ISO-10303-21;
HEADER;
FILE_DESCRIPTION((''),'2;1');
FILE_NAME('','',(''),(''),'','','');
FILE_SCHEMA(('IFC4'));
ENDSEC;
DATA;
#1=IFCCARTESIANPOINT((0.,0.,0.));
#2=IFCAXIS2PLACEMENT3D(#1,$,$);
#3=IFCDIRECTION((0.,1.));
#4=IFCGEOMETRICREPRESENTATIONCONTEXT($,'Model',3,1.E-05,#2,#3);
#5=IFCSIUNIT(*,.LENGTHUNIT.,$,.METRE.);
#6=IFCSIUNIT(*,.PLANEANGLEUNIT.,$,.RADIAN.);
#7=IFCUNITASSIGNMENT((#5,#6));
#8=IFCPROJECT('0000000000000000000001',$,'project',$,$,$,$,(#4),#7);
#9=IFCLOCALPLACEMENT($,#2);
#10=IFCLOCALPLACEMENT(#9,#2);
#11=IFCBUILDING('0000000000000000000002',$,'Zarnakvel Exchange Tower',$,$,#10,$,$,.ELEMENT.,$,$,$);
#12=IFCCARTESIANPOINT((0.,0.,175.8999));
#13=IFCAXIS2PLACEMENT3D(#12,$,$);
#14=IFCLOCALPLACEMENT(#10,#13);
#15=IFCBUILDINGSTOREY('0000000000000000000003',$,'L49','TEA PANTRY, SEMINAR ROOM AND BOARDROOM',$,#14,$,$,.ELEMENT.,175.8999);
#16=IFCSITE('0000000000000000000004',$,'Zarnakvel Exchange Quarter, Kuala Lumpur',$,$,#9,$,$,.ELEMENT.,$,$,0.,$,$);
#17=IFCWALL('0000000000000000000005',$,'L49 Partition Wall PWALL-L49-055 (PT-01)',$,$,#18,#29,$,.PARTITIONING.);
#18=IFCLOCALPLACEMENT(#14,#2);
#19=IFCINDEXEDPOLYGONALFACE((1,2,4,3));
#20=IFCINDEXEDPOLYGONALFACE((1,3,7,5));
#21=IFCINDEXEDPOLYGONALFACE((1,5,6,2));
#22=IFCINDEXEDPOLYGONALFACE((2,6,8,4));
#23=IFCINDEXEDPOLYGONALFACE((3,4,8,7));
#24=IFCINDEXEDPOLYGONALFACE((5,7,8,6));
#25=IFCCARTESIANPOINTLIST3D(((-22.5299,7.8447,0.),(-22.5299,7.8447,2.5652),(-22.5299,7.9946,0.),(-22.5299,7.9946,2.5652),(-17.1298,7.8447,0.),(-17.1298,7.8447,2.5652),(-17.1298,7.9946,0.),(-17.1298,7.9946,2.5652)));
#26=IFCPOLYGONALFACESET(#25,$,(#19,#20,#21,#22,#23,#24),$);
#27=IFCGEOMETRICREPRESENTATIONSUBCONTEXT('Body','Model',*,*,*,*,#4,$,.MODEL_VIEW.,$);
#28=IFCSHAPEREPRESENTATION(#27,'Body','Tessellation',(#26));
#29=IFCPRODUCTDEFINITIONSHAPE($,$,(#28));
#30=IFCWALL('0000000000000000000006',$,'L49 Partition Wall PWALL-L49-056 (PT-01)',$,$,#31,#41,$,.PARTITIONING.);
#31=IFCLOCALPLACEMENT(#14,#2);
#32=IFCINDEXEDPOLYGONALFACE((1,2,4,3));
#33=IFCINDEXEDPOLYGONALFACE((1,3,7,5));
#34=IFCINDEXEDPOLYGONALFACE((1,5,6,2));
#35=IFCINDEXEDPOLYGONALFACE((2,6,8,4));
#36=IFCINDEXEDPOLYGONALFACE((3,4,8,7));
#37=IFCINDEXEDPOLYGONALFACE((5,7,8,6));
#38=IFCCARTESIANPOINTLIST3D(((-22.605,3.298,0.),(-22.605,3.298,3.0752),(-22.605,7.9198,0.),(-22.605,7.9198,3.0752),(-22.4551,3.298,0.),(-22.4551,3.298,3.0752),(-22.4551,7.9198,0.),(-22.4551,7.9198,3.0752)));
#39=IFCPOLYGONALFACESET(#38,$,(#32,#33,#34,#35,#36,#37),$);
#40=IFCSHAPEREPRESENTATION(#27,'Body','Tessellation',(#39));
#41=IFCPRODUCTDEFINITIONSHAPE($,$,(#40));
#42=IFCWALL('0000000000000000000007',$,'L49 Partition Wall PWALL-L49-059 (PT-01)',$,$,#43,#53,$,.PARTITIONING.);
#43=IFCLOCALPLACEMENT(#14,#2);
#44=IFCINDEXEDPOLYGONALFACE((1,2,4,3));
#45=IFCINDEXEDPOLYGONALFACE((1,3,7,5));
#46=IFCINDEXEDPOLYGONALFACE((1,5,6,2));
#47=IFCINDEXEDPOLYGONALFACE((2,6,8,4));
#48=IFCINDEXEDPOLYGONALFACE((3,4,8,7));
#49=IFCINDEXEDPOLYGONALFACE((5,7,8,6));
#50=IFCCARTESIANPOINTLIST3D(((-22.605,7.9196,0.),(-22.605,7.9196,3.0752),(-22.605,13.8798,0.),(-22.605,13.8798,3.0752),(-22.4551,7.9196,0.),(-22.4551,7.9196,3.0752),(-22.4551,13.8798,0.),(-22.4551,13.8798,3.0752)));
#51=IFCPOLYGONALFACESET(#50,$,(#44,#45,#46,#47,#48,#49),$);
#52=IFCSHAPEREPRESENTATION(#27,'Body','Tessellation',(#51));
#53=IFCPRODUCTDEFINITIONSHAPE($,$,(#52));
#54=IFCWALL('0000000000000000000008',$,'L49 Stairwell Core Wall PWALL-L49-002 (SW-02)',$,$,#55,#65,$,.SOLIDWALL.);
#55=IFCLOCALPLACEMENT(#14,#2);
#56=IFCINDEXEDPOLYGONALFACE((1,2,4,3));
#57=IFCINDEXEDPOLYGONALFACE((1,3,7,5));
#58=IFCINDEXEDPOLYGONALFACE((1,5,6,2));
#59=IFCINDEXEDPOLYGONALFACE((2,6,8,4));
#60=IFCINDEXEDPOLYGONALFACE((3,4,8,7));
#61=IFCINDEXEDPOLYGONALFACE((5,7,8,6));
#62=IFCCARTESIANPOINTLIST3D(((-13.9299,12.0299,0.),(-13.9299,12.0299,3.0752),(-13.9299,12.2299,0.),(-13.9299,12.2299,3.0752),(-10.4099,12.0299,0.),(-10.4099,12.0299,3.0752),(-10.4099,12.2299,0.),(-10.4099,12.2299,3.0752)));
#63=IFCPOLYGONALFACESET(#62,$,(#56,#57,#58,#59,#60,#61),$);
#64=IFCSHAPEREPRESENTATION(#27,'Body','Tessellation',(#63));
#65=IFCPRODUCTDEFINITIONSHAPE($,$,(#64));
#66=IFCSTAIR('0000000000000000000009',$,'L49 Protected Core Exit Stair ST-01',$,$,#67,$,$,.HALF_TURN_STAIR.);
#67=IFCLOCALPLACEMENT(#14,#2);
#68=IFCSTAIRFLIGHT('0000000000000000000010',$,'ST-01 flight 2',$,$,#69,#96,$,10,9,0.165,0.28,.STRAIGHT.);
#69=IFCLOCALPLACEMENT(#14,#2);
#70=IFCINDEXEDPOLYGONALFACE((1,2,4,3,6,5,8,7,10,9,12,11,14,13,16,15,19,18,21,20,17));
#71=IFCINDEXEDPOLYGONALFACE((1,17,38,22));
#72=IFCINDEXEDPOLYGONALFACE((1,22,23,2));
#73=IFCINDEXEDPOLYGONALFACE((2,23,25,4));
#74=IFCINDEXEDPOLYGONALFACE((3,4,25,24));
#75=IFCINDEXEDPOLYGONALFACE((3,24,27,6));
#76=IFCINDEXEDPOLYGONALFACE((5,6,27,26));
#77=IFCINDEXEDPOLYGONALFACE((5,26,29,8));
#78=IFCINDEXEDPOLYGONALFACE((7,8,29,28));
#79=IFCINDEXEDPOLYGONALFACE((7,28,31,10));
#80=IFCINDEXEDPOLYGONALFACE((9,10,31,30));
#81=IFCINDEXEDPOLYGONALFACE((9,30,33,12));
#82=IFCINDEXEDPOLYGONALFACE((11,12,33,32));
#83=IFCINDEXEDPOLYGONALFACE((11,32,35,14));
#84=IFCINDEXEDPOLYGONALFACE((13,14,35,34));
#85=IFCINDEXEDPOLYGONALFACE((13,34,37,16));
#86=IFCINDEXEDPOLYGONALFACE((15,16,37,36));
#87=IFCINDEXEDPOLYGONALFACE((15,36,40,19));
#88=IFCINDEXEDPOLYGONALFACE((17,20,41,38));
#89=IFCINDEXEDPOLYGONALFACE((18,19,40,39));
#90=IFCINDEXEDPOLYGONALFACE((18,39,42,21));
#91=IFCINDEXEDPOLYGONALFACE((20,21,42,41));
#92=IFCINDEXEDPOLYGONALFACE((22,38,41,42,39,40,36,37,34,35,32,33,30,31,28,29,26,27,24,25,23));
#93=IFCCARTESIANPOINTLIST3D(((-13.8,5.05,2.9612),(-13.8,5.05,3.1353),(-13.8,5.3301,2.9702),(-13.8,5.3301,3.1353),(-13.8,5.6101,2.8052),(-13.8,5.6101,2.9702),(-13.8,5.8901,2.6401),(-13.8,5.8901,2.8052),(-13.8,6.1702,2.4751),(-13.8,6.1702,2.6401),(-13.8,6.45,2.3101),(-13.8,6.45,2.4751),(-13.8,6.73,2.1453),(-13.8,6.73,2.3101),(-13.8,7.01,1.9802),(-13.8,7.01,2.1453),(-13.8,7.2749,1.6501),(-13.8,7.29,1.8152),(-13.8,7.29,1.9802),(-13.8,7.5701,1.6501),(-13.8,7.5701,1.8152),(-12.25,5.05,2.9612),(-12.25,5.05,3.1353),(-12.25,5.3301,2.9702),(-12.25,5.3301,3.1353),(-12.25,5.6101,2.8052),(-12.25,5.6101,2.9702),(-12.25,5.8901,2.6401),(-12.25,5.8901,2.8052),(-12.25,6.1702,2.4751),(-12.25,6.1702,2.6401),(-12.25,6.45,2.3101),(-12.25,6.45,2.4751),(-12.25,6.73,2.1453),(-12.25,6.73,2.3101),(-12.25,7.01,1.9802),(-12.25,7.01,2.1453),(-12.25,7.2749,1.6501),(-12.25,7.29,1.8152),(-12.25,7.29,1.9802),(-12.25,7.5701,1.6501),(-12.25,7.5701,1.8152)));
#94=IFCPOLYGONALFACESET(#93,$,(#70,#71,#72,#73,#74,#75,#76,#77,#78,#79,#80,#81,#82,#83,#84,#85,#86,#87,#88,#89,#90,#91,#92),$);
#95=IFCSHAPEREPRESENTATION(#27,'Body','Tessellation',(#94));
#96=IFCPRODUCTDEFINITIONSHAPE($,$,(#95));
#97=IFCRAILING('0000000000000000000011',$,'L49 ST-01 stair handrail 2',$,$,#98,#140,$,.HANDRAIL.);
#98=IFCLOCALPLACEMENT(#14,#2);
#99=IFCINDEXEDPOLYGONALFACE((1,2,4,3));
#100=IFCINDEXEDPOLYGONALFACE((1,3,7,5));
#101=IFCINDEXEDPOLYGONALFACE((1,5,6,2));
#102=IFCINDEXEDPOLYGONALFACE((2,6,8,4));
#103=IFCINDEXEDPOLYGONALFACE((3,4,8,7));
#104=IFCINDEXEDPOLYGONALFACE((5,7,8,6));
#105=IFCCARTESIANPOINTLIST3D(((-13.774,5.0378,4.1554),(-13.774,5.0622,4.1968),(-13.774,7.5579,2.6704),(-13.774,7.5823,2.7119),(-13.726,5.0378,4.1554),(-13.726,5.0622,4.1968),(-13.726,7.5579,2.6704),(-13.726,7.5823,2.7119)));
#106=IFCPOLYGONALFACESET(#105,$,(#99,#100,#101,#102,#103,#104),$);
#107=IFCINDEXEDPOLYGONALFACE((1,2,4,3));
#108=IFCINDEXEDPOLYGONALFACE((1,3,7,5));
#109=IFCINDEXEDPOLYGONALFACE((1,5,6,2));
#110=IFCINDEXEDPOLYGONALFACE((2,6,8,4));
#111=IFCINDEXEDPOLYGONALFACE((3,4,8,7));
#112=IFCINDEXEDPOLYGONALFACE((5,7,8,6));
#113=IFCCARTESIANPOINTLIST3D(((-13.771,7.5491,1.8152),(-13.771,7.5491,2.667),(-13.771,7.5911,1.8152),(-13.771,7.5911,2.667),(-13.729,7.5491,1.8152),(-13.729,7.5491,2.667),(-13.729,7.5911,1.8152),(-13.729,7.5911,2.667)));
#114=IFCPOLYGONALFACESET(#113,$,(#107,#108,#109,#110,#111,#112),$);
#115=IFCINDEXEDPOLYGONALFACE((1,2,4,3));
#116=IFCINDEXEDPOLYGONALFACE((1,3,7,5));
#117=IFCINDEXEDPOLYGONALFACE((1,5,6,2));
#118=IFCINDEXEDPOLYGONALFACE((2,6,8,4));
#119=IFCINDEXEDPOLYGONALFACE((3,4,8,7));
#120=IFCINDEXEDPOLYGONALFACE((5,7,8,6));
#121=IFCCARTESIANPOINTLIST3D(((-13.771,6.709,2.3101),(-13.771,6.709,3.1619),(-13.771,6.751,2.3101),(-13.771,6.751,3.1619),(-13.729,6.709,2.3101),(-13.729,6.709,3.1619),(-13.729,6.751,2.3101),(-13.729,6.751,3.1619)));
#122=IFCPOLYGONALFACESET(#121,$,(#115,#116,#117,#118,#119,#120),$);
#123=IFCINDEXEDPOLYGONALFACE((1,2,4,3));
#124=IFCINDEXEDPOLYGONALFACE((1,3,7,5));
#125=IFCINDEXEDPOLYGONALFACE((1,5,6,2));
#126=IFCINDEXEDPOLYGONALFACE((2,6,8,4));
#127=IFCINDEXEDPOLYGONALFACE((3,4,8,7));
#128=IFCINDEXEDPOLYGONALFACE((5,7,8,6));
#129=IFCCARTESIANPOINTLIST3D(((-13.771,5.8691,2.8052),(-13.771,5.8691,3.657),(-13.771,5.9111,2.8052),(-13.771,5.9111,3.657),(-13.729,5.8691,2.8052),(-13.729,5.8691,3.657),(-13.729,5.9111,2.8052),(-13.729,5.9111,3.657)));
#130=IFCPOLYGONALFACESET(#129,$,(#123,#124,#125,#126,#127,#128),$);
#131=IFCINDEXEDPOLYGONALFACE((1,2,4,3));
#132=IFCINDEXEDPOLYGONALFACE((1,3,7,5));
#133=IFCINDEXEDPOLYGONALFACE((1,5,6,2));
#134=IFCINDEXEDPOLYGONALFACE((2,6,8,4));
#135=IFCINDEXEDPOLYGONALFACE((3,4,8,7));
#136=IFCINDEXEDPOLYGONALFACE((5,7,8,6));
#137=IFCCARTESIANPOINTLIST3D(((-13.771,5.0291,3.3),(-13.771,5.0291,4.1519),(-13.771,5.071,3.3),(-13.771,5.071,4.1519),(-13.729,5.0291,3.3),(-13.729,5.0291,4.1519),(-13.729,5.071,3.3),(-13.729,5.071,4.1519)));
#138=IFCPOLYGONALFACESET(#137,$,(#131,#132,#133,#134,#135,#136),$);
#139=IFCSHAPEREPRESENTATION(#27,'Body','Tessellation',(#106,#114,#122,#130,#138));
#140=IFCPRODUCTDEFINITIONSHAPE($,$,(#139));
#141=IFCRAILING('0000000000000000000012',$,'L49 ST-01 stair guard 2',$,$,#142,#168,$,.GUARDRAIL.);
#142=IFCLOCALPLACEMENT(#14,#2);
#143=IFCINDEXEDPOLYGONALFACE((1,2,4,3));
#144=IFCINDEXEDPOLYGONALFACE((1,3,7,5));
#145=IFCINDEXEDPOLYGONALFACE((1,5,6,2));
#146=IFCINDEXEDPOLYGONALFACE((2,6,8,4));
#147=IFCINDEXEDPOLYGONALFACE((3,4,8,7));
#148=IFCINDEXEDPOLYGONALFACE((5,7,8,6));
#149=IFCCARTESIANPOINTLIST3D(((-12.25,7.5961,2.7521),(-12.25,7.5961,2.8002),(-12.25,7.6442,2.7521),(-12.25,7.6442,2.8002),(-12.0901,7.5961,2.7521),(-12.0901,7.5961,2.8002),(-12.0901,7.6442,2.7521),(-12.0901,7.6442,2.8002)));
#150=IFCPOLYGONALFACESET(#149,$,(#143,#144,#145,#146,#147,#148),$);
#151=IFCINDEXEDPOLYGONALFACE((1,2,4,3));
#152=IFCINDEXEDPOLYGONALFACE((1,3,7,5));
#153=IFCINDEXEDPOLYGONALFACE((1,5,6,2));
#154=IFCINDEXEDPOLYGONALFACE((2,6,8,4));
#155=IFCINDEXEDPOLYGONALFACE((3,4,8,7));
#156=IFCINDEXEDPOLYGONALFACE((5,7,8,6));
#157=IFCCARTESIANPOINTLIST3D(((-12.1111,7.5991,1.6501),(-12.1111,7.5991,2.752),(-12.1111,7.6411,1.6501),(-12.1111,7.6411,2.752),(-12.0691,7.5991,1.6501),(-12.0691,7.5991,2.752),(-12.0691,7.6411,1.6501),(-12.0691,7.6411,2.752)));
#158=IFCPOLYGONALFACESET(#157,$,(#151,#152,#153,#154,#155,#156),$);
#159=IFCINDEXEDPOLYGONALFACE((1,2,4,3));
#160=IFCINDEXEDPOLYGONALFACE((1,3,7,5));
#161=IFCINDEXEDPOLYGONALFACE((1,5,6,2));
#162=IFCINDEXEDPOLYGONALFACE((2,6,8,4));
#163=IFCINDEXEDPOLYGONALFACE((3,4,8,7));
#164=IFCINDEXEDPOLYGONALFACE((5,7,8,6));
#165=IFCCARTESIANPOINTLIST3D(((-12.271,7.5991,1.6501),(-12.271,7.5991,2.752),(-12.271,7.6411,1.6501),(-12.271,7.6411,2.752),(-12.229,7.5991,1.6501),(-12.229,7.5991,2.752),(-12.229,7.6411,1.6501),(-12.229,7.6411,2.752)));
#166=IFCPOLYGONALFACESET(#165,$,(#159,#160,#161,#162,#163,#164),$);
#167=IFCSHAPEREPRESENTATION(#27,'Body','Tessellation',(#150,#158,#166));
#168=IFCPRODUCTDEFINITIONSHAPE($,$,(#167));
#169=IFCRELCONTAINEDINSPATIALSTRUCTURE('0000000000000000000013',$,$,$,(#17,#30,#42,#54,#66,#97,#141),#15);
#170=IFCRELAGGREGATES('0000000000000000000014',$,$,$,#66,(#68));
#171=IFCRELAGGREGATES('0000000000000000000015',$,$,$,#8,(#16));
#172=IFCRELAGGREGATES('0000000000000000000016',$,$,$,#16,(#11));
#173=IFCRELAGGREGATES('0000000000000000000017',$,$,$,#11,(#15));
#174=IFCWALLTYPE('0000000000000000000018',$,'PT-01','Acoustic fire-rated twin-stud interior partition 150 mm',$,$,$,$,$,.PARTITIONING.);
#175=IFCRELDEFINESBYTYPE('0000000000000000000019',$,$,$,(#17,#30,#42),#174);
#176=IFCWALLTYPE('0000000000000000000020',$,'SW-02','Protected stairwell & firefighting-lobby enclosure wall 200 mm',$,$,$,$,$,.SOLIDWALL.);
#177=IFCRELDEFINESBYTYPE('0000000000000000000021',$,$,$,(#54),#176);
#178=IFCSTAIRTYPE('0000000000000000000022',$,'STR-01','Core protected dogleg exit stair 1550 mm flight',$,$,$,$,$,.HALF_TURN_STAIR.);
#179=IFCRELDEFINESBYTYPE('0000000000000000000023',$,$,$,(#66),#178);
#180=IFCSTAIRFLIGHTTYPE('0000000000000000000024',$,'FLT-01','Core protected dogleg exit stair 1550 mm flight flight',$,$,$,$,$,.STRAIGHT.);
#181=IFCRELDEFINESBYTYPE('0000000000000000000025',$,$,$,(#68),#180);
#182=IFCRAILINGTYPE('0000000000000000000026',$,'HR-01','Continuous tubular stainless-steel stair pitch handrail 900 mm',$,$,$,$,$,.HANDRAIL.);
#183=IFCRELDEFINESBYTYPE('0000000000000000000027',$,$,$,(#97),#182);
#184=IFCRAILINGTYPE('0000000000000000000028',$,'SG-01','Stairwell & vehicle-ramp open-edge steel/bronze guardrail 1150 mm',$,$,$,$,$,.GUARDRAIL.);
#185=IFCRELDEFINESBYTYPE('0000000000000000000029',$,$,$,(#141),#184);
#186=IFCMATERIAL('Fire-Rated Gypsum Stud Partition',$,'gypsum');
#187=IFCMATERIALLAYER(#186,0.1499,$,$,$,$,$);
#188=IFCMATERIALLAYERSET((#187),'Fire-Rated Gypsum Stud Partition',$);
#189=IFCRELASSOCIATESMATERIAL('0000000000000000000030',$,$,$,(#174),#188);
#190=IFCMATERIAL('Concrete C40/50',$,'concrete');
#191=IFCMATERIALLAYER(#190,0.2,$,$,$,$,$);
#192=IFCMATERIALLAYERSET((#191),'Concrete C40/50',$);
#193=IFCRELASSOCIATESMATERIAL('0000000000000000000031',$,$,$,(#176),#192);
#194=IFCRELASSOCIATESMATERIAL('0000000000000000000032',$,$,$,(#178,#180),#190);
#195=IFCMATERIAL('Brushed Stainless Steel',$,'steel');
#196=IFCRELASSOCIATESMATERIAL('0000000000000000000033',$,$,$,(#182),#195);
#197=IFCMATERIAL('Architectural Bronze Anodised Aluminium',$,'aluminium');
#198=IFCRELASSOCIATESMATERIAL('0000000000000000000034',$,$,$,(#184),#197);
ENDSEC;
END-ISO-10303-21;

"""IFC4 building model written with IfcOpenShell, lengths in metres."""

from ifc_helpers import new_model, si_unit, direction, frame, frame_2d, origin, origin_2d, place, context, subcontext, project, spatial, polyline, rectangle, outline, extrude, material, layer, layer_set, type_object, element, aggregate, save


model = new_model("IFC4")

# Units and contexts
model_context = context("Model", 3, precision=1e-05, world=origin(), true_north=direction((0.0, 1.0)))
body_context = subcontext(model_context, "Body", "Model", "MODEL_VIEW")
ifc_project = project(units=[si_unit("LENGTHUNIT", "METRE"), si_unit("PLANEANGLEUNIT", "RADIAN")], contexts=[model_context])

# Site, building, storey
site_placement = place(None, origin())
site = spatial("IfcSite", under=ifc_project, at=site_placement, Name="Zarnakvel Exchange Quarter, Kuala Lumpur", CompositionType="ELEMENT", RefElevation=0.0)
building_placement = place(site_placement, origin())
building = spatial("IfcBuilding", under=site, at=building_placement, Name="Zarnakvel Exchange Tower", CompositionType="ELEMENT")
storey_placement = place(building_placement, frame((0.0, 0.0, 175.8999)))
storey = spatial("IfcBuildingStorey", under=building, at=storey_placement, Name="L49", Description="TEA PANTRY, SEMINAR ROOM AND BOARDROOM", CompositionType="ELEMENT", Elevation=175.8999)

# Shared definitions
ifc_material_1 = material(Name="Architectural Bronze Anodised Aluminium", Category="aluminium")

# Shared definitions
ifc_material_2 = material(Name="Fire-Rated Gypsum Stud Partition", Category="gypsum")
ifc_layer_1 = layer(ifc_material_2, 0.1499)
ifc_layer_set_1 = layer_set([ifc_layer_1], Name="Fire-Rated Gypsum Stud Partition")
wall_type_1 = type_object("IfcWallType", Name="PT-01", Description="Acoustic fire-rated twin-stud interior partition 150 mm", PredefinedType="PARTITIONING", material=ifc_layer_set_1)

# Walls
wall_1_placement = place(storey_placement, frame((-22.53, 7.9197, 0.0), z_axis=(0.0, 0.0, 1.0), x_axis=(1.0, 0.0, 0.0)))
element("IfcWall", 1, at=wall_1_placement, inside=storey, type_object=wall_type_1, Name="L49 Partition Wall PWALL-L49-055 (PT-01)", PredefinedType="PARTITIONING", context=body_context, shape_type="SweptSolid", body=[
    extrude(rectangle(XDim=5.4001, YDim=0.1499, at=frame_2d((2.7002, 0.0))), origin(), (0.0, 0.0, 1.0), 2.5652),
])
wall_2_placement = place(storey_placement, frame((-22.53, 3.2979, 0.0), z_axis=(0.0, 0.0, 1.0), x_axis=(0.0, 1.0, 0.0)))
element("IfcWall", 2, at=wall_2_placement, inside=storey, type_object=wall_type_1, Name="L49 Partition Wall PWALL-L49-056 (PT-01)", PredefinedType="PARTITIONING", context=body_context, shape_type="SweptSolid", body=[
    extrude(rectangle(XDim=4.6218, YDim=0.1499, at=frame_2d((2.311, 0.0))), origin(), (0.0, 0.0, 1.0), 3.0752),
])

# Walls
wall_3_placement = place(storey_placement, frame((-22.53, 7.9197, 0.0), z_axis=(0.0, 0.0, 1.0), x_axis=(0.0, 1.0, 0.0)))
element("IfcWall", 3, at=wall_3_placement, inside=storey, type_object=wall_type_1, Name="L49 Partition Wall PWALL-L49-059 (PT-01)", PredefinedType="PARTITIONING", context=body_context, shape_type="SweptSolid", body=[
    extrude(rectangle(XDim=5.9602, YDim=0.1499, at=frame_2d((2.98, 0.0))), origin(), (0.0, 0.0, 1.0), 3.0752),
])
ifc_material_3 = material(Name="Concrete C40/50", Category="concrete")
ifc_layer_2 = layer(ifc_material_3, 0.2)
ifc_layer_set_2 = layer_set([ifc_layer_2], Name="Concrete C40/50")
wall_type_2 = type_object("IfcWallType", Name="SW-02", Description="Protected stairwell & firefighting-lobby enclosure wall 200 mm", PredefinedType="SOLIDWALL", material=ifc_layer_set_2)
wall_4_placement = place(storey_placement, frame((-13.9299, 12.1299, 0.0), z_axis=(0.0, 0.0, 1.0), x_axis=(1.0, 0.0, 0.0)))
element("IfcWall", 4, at=wall_4_placement, inside=storey, type_object=wall_type_2, Name="L49 Stairwell Core Wall PWALL-L49-002 (SW-02)", PredefinedType="SOLIDWALL", context=body_context, shape_type="SweptSolid", body=[
    extrude(rectangle(XDim=3.52, YDim=0.2, at=frame_2d((1.76, 0.0))), origin(), (0.0, 0.0, 1.0), 3.0752),
])

# Stair, stair flight
stair_type = type_object("IfcStairType", Name="STR-01", Description="Core protected dogleg exit stair 1550 mm flight", PredefinedType="HALF_TURN_STAIR", material=ifc_material_3)
stair_placement = place(storey_placement, origin())
stair = element("IfcStair", 5, at=stair_placement, inside=storey, type_object=stair_type, Name="L49 Protected Core Exit Stair ST-01", PredefinedType="HALF_TURN_STAIR")
stair_flight_type = type_object("IfcStairFlightType", Name="FLT-01", Description="Core protected dogleg exit stair 1550 mm flight flight", PredefinedType="STRAIGHT", material=ifc_material_3)
stair_flight_placement = place(storey_placement, frame((-13.0249, 7.5701, 1.6501), z_axis=(0.0, 0.0, 1.0), x_axis=(0.0, -1.0, 0.0)))
stair_flight = element("IfcStairFlight", 6, at=stair_flight_placement, type_object=stair_flight_type, Name="ST-01 flight 2", NumberOfRisers=10, NumberOfTreads=9, PredefinedType="STRAIGHT", RiserHeight=0.165, TreadLength=0.28, context=body_context, shape_type="SweptSolid", body=[
    extrude(outline(polyline([(0.0, 0.0), (0.0, 0.165), (0.28, 0.165), (0.28, 0.3301), (0.5601, 0.3301), (0.5601, 0.4951), (0.8401, 0.4951), (0.8401, 0.6599), (1.1201, 0.6599), (1.1201, 0.825), (1.3999, 0.825), (1.3999, 0.99), (1.6799, 0.99), (1.6799, 1.155), (1.96, 1.155), (1.96, 1.3201), (2.24, 1.3201), (2.24, 1.4851), (2.52, 1.4851), (2.52, 1.6499), (2.52, 1.311), (0.2952, 0.0), (0.0, 0.0)])), frame((0.0, 0.7749, 0.0), z_axis=(0.0, -1.0, 0.0), x_axis=(1.0, 0.0, 0.0)), (0.0, 0.0, 1.0), 1.55),
])
aggregate(stair, [stair_flight])

# Railings
ifc_material_4 = material(Name="Brushed Stainless Steel", Category="steel")
railing_type_1 = type_object("IfcRailingType", Name="HR-01", Description="Continuous tubular stainless-steel stair pitch handrail 900 mm", PredefinedType="HANDRAIL", material=ifc_material_4)
railing_1_placement = place(storey_placement, frame((-13.75, 7.5701, 1.8152)))
element("IfcRailing", 7, at=railing_1_placement, inside=storey, type_object=railing_type_1, Name="L49 ST-01 stair handrail 2", PredefinedType="HANDRAIL", context=body_context, shape_type="SweptSolid", body=[
    extrude(rectangle(XDim=0.0481, YDim=0.0481, at=origin_2d()), frame((0.0, 0.0, 0.876), z_axis=(0.0, -0.861561, 0.507655), x_axis=(1.0, 0.0, 0.0)), (0.0, 0.0, 1.0), 2.925),
    extrude(rectangle(XDim=0.042, YDim=0.042, at=origin_2d()), origin(), (0.0, 0.0, 1.0), 0.8518),
    extrude(rectangle(XDim=0.042, YDim=0.042, at=origin_2d()), frame((0.0, -0.8401, 0.4949)), (0.0, 0.0, 1.0), 0.8518),
    extrude(rectangle(XDim=0.042, YDim=0.042, at=origin_2d()), frame((0.0, -1.6799, 0.99)), (0.0, 0.0, 1.0), 0.8518),
    extrude(rectangle(XDim=0.042, YDim=0.042, at=origin_2d()), frame((0.0, -2.52, 1.4849)), (0.0, 0.0, 1.0), 0.8518),
])
railing_type_2 = type_object("IfcRailingType", Name="SG-01", Description="Stairwell & vehicle-ramp open-edge steel/bronze guardrail 1150 mm", PredefinedType="GUARDRAIL", material=ifc_material_1)
railing_2_placement = place(storey_placement, frame((-12.0901, 7.6201, 1.6501)))
element("IfcRailing", 8, at=railing_2_placement, inside=storey, type_object=railing_type_2, Name="L49 ST-01 stair guard 2", PredefinedType="GUARDRAIL", context=body_context, shape_type="SweptSolid", body=[
    extrude(rectangle(XDim=0.0481, YDim=0.0481, at=origin_2d()), frame((0.0, 0.0, 1.126), z_axis=(-1.0, 0.0, 0.0), x_axis=(0.0, -1.0, 0.0)), (0.0, 0.0, 1.0), 0.1599),
    extrude(rectangle(XDim=0.042, YDim=0.042, at=origin_2d()), origin(), (0.0, 0.0, 1.0), 1.1018),
    extrude(rectangle(XDim=0.042, YDim=0.042, at=origin_2d()), frame((-0.1599, 0.0, 0.0)), (0.0, 0.0, 1.0), 1.1018),
])

save(model, "model.ifc")
